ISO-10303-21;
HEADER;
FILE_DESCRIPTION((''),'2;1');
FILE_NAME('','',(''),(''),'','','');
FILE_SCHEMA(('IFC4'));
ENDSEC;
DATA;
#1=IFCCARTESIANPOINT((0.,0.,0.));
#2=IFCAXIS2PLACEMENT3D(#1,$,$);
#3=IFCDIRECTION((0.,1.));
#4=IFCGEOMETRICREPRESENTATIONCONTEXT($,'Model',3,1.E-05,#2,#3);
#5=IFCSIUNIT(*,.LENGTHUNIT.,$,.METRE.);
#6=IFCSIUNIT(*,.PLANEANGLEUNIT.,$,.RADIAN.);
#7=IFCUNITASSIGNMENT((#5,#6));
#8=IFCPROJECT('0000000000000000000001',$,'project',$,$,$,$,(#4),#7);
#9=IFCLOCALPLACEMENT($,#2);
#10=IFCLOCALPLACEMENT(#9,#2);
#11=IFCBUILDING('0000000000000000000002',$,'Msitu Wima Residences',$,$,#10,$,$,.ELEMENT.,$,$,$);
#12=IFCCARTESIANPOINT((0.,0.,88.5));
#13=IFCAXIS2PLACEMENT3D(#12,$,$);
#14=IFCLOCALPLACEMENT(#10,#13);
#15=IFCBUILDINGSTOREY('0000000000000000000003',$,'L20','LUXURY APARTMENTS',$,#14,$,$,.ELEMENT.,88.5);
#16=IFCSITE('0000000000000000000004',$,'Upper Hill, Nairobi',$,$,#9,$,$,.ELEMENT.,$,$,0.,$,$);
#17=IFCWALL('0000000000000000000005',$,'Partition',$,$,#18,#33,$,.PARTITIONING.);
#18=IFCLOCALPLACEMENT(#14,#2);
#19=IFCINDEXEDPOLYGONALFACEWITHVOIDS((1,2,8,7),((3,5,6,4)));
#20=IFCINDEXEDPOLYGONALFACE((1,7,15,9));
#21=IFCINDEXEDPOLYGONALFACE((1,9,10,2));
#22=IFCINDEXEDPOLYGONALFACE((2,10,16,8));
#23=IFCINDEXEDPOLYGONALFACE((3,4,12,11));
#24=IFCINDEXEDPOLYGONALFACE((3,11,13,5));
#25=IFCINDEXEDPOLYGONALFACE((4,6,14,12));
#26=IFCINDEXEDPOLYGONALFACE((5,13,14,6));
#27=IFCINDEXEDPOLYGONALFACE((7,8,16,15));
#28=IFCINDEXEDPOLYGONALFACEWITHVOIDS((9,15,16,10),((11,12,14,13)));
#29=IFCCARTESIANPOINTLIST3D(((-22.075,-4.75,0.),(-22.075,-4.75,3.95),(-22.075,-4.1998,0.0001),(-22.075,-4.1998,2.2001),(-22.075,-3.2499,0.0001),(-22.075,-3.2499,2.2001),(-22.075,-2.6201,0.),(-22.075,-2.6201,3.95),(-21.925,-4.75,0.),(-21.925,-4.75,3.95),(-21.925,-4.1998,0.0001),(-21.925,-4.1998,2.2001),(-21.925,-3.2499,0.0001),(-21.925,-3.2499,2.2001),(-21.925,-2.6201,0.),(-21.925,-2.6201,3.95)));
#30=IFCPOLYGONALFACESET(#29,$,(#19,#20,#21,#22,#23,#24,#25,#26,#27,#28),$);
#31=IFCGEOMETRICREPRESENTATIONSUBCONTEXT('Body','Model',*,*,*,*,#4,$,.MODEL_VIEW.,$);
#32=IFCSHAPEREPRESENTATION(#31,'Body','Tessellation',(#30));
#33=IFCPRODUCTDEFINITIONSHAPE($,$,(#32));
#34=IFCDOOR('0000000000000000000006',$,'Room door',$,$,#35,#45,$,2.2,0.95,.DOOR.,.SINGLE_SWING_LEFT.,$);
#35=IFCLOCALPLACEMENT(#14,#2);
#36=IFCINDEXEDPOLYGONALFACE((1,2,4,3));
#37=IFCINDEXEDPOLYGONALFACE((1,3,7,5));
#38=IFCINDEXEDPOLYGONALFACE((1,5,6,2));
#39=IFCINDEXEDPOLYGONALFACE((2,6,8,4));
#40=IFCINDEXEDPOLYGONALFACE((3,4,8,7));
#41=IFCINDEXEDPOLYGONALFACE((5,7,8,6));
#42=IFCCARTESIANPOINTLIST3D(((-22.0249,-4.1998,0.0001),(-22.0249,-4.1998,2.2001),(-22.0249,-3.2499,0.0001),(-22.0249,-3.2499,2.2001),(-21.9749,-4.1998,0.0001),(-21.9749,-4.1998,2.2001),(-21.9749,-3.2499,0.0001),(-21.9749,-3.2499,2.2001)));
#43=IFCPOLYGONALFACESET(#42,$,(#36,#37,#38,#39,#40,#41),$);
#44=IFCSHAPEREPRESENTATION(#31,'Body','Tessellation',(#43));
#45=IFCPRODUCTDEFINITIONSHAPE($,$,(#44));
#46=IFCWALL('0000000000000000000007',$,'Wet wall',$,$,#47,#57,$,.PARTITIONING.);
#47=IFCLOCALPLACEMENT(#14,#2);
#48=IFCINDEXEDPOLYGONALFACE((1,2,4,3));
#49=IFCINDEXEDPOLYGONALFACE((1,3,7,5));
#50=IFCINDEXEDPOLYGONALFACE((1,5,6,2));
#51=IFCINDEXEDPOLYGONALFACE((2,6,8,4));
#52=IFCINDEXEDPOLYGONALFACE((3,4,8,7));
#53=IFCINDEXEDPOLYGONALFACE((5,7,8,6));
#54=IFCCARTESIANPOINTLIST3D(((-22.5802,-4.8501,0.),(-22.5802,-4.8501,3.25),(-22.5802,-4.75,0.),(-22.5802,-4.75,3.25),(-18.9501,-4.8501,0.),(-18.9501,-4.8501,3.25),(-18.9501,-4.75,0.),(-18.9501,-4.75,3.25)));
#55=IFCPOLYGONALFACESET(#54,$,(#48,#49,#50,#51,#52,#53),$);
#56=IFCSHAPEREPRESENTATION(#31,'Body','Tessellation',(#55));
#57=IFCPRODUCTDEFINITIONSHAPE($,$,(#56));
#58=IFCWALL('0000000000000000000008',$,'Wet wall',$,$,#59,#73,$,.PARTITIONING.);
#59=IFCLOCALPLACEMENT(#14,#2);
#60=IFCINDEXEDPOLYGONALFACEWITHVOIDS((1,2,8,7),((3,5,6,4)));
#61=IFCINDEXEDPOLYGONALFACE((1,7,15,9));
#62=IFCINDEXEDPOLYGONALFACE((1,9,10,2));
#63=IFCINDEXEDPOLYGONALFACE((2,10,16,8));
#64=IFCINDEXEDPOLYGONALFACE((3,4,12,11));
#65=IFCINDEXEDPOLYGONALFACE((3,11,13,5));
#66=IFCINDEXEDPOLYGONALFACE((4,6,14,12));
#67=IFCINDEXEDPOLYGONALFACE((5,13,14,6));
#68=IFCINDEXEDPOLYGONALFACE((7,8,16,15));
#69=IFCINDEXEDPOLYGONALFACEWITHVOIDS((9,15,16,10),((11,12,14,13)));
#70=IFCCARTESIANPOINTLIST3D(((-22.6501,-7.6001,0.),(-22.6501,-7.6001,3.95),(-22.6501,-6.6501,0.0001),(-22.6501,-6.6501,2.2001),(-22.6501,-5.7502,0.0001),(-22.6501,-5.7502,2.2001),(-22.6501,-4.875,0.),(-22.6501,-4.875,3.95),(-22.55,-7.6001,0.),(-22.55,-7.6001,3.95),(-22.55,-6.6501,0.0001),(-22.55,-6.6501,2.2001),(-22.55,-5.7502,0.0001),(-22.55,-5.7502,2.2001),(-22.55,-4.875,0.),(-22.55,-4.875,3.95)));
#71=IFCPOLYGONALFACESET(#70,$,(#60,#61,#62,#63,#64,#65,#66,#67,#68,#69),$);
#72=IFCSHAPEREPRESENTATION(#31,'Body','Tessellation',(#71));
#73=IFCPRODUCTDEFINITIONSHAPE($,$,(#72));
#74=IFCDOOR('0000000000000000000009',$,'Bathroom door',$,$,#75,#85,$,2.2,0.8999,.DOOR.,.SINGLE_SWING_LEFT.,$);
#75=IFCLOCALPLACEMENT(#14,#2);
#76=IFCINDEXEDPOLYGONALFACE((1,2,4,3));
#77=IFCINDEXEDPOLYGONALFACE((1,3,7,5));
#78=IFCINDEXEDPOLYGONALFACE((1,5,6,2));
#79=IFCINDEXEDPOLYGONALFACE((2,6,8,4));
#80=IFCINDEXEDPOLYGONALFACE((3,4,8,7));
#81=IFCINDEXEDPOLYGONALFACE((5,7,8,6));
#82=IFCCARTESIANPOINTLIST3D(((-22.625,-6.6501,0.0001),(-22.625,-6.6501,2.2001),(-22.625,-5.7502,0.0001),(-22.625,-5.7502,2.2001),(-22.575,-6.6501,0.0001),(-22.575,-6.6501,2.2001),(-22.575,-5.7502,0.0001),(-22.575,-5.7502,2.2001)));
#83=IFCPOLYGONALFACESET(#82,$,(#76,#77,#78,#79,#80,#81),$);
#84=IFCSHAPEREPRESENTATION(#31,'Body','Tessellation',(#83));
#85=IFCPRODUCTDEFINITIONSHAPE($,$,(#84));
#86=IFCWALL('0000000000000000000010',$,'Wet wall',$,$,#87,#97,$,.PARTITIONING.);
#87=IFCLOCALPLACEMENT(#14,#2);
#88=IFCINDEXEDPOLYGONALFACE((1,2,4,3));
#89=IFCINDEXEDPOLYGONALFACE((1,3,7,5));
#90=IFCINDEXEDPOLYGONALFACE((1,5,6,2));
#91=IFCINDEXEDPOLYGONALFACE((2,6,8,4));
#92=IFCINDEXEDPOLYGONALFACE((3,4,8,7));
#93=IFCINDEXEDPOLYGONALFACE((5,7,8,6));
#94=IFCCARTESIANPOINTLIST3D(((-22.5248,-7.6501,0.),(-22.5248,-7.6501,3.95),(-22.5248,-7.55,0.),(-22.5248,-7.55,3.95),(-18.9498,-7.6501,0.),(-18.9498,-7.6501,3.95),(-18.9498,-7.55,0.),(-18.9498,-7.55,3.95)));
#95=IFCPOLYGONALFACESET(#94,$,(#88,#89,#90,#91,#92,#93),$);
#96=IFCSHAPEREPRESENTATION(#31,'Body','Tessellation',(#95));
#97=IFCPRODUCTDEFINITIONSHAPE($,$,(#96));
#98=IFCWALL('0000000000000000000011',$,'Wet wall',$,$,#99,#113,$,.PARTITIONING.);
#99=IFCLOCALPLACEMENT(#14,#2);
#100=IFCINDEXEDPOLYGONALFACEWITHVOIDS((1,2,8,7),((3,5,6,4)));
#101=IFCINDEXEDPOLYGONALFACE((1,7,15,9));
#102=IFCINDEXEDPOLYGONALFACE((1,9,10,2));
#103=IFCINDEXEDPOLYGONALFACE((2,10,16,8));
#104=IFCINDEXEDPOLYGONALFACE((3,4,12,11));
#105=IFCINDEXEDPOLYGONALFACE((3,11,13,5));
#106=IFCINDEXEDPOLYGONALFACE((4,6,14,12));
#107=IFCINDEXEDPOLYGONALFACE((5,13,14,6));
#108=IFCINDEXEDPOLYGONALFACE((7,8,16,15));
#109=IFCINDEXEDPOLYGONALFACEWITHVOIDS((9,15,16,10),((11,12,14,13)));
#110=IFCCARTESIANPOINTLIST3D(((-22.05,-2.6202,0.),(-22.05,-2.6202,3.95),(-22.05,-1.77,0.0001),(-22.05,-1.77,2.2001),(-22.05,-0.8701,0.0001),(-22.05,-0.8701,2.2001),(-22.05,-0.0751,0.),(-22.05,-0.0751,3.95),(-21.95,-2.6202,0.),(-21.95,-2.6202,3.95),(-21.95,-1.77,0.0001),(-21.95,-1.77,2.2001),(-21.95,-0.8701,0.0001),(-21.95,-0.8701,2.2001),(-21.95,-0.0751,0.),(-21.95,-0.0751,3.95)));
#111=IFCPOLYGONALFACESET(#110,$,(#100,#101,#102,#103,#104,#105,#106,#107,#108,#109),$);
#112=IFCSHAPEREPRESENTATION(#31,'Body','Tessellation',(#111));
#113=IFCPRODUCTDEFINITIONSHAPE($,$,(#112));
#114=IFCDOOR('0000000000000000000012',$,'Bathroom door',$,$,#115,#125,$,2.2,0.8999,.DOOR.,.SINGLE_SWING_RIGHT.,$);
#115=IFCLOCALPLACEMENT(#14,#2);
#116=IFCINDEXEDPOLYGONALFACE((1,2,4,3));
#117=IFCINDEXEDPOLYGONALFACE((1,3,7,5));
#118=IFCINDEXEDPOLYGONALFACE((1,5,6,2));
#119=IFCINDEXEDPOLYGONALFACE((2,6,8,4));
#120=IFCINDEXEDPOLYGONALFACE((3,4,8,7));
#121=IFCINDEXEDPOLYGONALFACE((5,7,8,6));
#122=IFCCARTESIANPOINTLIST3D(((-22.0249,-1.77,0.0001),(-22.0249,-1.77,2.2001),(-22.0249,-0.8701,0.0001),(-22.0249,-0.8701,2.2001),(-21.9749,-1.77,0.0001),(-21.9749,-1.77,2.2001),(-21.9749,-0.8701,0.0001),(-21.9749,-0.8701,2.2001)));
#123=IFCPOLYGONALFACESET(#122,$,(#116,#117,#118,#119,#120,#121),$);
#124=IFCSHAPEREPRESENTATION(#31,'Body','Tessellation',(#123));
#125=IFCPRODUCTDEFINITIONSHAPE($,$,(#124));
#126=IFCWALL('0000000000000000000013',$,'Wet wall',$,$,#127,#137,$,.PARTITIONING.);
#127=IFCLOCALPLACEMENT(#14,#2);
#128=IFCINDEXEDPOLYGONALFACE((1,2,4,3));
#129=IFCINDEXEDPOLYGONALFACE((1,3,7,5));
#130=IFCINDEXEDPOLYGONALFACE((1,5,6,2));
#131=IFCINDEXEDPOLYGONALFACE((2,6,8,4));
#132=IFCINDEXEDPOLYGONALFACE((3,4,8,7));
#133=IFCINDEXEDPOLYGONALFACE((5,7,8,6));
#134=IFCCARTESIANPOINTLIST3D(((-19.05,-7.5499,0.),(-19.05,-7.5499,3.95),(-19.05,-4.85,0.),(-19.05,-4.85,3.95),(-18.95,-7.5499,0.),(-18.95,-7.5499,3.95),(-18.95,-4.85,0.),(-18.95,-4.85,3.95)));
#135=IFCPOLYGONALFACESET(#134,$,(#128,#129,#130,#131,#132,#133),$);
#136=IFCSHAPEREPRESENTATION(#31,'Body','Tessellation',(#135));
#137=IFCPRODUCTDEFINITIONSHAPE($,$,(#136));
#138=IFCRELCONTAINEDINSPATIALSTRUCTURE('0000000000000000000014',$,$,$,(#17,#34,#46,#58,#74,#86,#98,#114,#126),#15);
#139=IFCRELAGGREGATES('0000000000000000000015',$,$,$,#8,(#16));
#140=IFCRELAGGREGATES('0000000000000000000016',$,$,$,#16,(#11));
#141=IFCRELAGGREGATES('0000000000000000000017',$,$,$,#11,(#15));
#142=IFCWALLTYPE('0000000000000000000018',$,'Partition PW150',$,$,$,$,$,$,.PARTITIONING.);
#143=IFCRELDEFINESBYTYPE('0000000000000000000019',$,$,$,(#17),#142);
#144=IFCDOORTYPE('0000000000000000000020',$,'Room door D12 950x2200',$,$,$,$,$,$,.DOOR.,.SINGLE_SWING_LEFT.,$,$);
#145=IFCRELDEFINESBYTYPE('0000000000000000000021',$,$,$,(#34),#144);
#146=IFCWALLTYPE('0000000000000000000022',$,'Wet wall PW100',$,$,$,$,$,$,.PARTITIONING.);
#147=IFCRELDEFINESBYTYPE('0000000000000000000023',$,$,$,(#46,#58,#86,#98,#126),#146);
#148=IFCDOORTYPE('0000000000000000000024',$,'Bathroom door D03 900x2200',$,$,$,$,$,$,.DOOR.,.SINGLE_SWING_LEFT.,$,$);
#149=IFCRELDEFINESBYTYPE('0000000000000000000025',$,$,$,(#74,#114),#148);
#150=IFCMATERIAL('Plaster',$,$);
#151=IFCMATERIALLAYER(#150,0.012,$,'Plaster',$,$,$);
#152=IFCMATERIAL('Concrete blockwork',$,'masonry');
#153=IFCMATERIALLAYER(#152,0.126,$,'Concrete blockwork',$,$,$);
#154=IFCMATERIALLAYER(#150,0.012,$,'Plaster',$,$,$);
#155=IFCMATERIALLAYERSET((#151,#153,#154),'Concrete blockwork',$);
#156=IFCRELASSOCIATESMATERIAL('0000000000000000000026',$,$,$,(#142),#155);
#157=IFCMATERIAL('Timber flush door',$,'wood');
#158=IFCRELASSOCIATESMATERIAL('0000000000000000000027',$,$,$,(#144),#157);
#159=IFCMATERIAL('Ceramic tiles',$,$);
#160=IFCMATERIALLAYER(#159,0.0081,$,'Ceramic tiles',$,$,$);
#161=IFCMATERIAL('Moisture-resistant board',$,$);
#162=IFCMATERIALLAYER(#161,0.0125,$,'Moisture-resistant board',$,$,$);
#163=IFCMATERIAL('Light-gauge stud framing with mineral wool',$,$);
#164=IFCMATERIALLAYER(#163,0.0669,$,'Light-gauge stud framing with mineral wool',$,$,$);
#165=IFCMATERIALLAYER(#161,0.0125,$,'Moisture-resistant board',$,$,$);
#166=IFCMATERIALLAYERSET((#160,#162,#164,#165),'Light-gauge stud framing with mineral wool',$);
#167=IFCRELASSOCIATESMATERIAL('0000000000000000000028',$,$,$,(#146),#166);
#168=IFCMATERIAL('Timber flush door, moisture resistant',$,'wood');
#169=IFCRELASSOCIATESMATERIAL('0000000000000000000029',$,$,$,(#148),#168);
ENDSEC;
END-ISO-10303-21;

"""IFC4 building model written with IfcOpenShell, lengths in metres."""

from ifc_helpers import new_model, si_unit, direction, frame, frame_2d, origin, place, context, subcontext, project, spatial, rectangle, extrude, material, layer, layer_set, type_object, element, fill, save


model = new_model("IFC4")

# Units and contexts
model_context = context("Model", 3, precision=1e-05, world=origin(), true_north=direction((0.0, 1.0)))
body_context = subcontext(model_context, "Body", "Model", "MODEL_VIEW")
ifc_project = project(units=[si_unit("LENGTHUNIT", "METRE"), si_unit("PLANEANGLEUNIT", "RADIAN")], contexts=[model_context])

# Site, building, storey
site_placement = place(None, origin())
site = spatial("IfcSite", under=ifc_project, at=site_placement, Name="Upper Hill, Nairobi", CompositionType="ELEMENT", RefElevation=0.0)
building_placement = place(site_placement, origin())
building = spatial("IfcBuilding", under=site, at=building_placement, Name="Msitu Wima Residences", CompositionType="ELEMENT")
storey_placement = place(building_placement, frame((0.0, 0.0, 88.5)))
storey = spatial("IfcBuildingStorey", under=building, at=storey_placement, Name="L20", Description="LUXURY APARTMENTS", CompositionType="ELEMENT", Elevation=88.5)

# Shared definitions
ifc_material_1 = material(Name="Plaster")
ifc_layer_1 = layer(ifc_material_1, 0.012, Name="Plaster")
ifc_material_2 = material(Name="Concrete blockwork", Category="masonry")
ifc_layer_2 = layer(ifc_material_2, 0.126, Name="Concrete blockwork")
ifc_layer_3 = layer(ifc_material_1, 0.012, Name="Plaster")
ifc_layer_set_1 = layer_set([ifc_layer_1, ifc_layer_2, ifc_layer_3], Name="Concrete blockwork")
wall_type_1 = type_object("IfcWallType", Name="Partition PW150", PredefinedType="PARTITIONING", material=ifc_layer_set_1)

# Shared definitions
ifc_material_3 = material(Name="Timber flush door", Category="wood")
door_type_1 = type_object("IfcDoorType", Name="Room door D12 950x2200", OperationType="SINGLE_SWING_LEFT", PredefinedType="DOOR", material=ifc_material_3)

# Wall, opening, door
wall_1_placement = place(storey_placement, frame((-22.0, -4.75, 0.0), z_axis=(0.0, 0.0, 1.0), x_axis=(0.0, 1.0, 0.0)))
wall_1 = element("IfcWall", 1, at=wall_1_placement, inside=storey, type_object=wall_type_1, Name="Partition", PredefinedType="PARTITIONING", context=body_context, shape_type="SweptSolid", body=[
    extrude(rectangle(XDim=2.1299, YDim=0.1499, at=frame_2d((1.0649, 0.0))), origin(), (0.0, 0.0, 1.0), 3.95),
])
opening_1_placement = place(wall_1_placement, frame((0.55, 0.0, 0.0)))
opening_1 = element("IfcOpeningElement", 2, at=opening_1_placement, cuts=wall_1, PredefinedType="OPENING", context=body_context, shape_type="SweptSolid", body=[
    extrude(rectangle(XDim=0.95, YDim=2.2, at=frame_2d((0.4751, 1.1001))), frame((0.0, 0.085, 0.0), z_axis=(0.0, -1.0, 0.0), x_axis=(1.0, 0.0, 0.0)), (0.0, 0.0, 1.0), 0.1699),
])
door_1_placement = place(opening_1_placement, origin())
door_1 = element("IfcDoor", 3, at=door_1_placement, inside=storey, type_object=door_type_1, Name="Room door", OperationType="SINGLE_SWING_LEFT", OverallHeight=2.2, OverallWidth=0.95, PredefinedType="DOOR", context=body_context, shape_type="SweptSolid", body=[
    extrude(rectangle(XDim=0.95, YDim=2.2, at=frame_2d((0.4751, 1.1001))), frame((0.0, 0.0249, 0.0), z_axis=(0.0, -1.0, 0.0), x_axis=(1.0, 0.0, 0.0)), (0.0, 0.0, 1.0), 0.05),
])
fill(opening_1, door_1)

# Wall
ifc_material_4 = material(Name="Ceramic tiles")
ifc_layer_4 = layer(ifc_material_4, 0.0081, Name="Ceramic tiles")
ifc_material_5 = material(Name="Moisture-resistant board")
ifc_layer_5 = layer(ifc_material_5, 0.0125, Name="Moisture-resistant board")
ifc_material_6 = material(Name="Light-gauge stud framing with mineral wool")
ifc_layer_6 = layer(ifc_material_6, 0.0669, Name="Light-gauge stud framing with mineral wool")
ifc_layer_7 = layer(ifc_material_5, 0.0125, Name="Moisture-resistant board")
ifc_layer_set_2 = layer_set([ifc_layer_4, ifc_layer_5, ifc_layer_6, ifc_layer_7], Name="Light-gauge stud framing with mineral wool")
wall_type_2 = type_object("IfcWallType", Name="Wet wall PW100", PredefinedType="PARTITIONING", material=ifc_layer_set_2)
wall_2_placement = place(storey_placement, frame((-22.5801, -4.8, 0.0), z_axis=(0.0, 0.0, 1.0), x_axis=(1.0, 0.0, 0.0)))
element("IfcWall", 4, at=wall_2_placement, inside=storey, type_object=wall_type_2, Name="Wet wall", PredefinedType="PARTITIONING", context=body_context, shape_type="SweptSolid", body=[
    extrude(rectangle(XDim=3.6301, YDim=0.1001, at=frame_2d((1.8149, 0.0))), origin(), (0.0, 0.0, 1.0), 3.25),
])

# Wall, opening, door
wall_3_placement = place(storey_placement, frame((-22.6001, -7.6001, 0.0), z_axis=(0.0, 0.0, 1.0), x_axis=(0.0, 1.0, 0.0)))
wall_3 = element("IfcWall", 5, at=wall_3_placement, inside=storey, type_object=wall_type_2, Name="Wet wall", PredefinedType="PARTITIONING", context=body_context, shape_type="SweptSolid", body=[
    extrude(rectangle(XDim=2.7251, YDim=0.1001, at=frame_2d((1.3625, 0.0))), origin(), (0.0, 0.0, 1.0), 3.95),
])
opening_2_placement = place(wall_3_placement, frame((0.95, 0.0, 0.0)))
opening_2 = element("IfcOpeningElement", 6, at=opening_2_placement, cuts=wall_3, PredefinedType="OPENING", context=body_context, shape_type="SweptSolid", body=[
    extrude(rectangle(XDim=0.8999, YDim=2.2, at=frame_2d((0.45, 1.1001))), frame((0.0, 0.0601, 0.0), z_axis=(0.0, -1.0, 0.0), x_axis=(1.0, 0.0, 0.0)), (0.0, 0.0, 1.0), 0.1201),
])
ifc_material_7 = material(Name="Timber flush door, moisture resistant", Category="wood")
door_type_2 = type_object("IfcDoorType", Name="Bathroom door D03 900x2200", OperationType="SINGLE_SWING_LEFT", PredefinedType="DOOR", material=ifc_material_7)
door_2_placement = place(opening_2_placement, origin())
door_2 = element("IfcDoor", 7, at=door_2_placement, inside=storey, type_object=door_type_2, Name="Bathroom door", OperationType="SINGLE_SWING_LEFT", OverallHeight=2.2, OverallWidth=0.8999, PredefinedType="DOOR", context=body_context, shape_type="SweptSolid", body=[
    extrude(rectangle(XDim=0.8999, YDim=2.2, at=frame_2d((0.45, 1.1001))), frame((0.0, 0.0249, 0.0), z_axis=(0.0, -1.0, 0.0), x_axis=(1.0, 0.0, 0.0)), (0.0, 0.0, 1.0), 0.05),
])
fill(opening_2, door_2)

# Wall
wall_4_placement = place(storey_placement, frame((-22.5249, -7.6001, 0.0), z_axis=(0.0, 0.0, 1.0), x_axis=(1.0, 0.0, 0.0)))
element("IfcWall", 8, at=wall_4_placement, inside=storey, type_object=wall_type_2, Name="Wet wall", PredefinedType="PARTITIONING", context=body_context, shape_type="SweptSolid", body=[
    extrude(rectangle(XDim=3.575, YDim=0.1001, at=frame_2d((1.7876, 0.0))), origin(), (0.0, 0.0, 1.0), 3.95),
])

# Wall, opening, door
wall_5_placement = place(storey_placement, frame((-22.0, -2.6201, 0.0), z_axis=(0.0, 0.0, 1.0), x_axis=(0.0, 1.0, 0.0)))
wall_5 = element("IfcWall", 9, at=wall_5_placement, inside=storey, type_object=wall_type_2, Name="Wet wall", PredefinedType="PARTITIONING", context=body_context, shape_type="SweptSolid", body=[
    extrude(rectangle(XDim=2.5452, YDim=0.1001, at=frame_2d((1.2725, 0.0))), origin(), (0.0, 0.0, 1.0), 3.95),
])
opening_3_placement = place(wall_5_placement, frame((0.8501, 0.0, 0.0)))
opening_3 = element("IfcOpeningElement", 10, at=opening_3_placement, cuts=wall_5, PredefinedType="OPENING", context=body_context, shape_type="SweptSolid", body=[
    extrude(rectangle(XDim=0.8999, YDim=2.2, at=frame_2d((0.45, 1.1001))), frame((0.0, 0.0601, 0.0), z_axis=(0.0, -1.0, 0.0), x_axis=(1.0, 0.0, 0.0)), (0.0, 0.0, 1.0), 0.1201),
])
door_3_placement = place(opening_3_placement, origin())
door_3 = element("IfcDoor", 11, at=door_3_placement, inside=storey, type_object=door_type_2, Name="Bathroom door", OperationType="SINGLE_SWING_RIGHT", OverallHeight=2.2, OverallWidth=0.8999, PredefinedType="DOOR", context=body_context, shape_type="SweptSolid", body=[
    extrude(rectangle(XDim=0.8999, YDim=2.2, at=frame_2d((0.45, 1.1001))), frame((0.0, 0.0249, 0.0), z_axis=(0.0, -1.0, 0.0), x_axis=(1.0, 0.0, 0.0)), (0.0, 0.0, 1.0), 0.05),
])
fill(opening_3, door_3)

# Wall
wall_6_placement = place(storey_placement, frame((-19.0, -7.55, 0.0), z_axis=(0.0, 0.0, 1.0), x_axis=(0.0, 1.0, 0.0)))
element("IfcWall", 12, at=wall_6_placement, inside=storey, type_object=wall_type_2, Name="Wet wall", PredefinedType="PARTITIONING", context=body_context, shape_type="SweptSolid", body=[
    extrude(rectangle(XDim=2.7, YDim=0.1001, at=frame_2d((1.3501, 0.0))), origin(), (0.0, 0.0, 1.0), 3.95),
])

save(model, "model.ifc")
